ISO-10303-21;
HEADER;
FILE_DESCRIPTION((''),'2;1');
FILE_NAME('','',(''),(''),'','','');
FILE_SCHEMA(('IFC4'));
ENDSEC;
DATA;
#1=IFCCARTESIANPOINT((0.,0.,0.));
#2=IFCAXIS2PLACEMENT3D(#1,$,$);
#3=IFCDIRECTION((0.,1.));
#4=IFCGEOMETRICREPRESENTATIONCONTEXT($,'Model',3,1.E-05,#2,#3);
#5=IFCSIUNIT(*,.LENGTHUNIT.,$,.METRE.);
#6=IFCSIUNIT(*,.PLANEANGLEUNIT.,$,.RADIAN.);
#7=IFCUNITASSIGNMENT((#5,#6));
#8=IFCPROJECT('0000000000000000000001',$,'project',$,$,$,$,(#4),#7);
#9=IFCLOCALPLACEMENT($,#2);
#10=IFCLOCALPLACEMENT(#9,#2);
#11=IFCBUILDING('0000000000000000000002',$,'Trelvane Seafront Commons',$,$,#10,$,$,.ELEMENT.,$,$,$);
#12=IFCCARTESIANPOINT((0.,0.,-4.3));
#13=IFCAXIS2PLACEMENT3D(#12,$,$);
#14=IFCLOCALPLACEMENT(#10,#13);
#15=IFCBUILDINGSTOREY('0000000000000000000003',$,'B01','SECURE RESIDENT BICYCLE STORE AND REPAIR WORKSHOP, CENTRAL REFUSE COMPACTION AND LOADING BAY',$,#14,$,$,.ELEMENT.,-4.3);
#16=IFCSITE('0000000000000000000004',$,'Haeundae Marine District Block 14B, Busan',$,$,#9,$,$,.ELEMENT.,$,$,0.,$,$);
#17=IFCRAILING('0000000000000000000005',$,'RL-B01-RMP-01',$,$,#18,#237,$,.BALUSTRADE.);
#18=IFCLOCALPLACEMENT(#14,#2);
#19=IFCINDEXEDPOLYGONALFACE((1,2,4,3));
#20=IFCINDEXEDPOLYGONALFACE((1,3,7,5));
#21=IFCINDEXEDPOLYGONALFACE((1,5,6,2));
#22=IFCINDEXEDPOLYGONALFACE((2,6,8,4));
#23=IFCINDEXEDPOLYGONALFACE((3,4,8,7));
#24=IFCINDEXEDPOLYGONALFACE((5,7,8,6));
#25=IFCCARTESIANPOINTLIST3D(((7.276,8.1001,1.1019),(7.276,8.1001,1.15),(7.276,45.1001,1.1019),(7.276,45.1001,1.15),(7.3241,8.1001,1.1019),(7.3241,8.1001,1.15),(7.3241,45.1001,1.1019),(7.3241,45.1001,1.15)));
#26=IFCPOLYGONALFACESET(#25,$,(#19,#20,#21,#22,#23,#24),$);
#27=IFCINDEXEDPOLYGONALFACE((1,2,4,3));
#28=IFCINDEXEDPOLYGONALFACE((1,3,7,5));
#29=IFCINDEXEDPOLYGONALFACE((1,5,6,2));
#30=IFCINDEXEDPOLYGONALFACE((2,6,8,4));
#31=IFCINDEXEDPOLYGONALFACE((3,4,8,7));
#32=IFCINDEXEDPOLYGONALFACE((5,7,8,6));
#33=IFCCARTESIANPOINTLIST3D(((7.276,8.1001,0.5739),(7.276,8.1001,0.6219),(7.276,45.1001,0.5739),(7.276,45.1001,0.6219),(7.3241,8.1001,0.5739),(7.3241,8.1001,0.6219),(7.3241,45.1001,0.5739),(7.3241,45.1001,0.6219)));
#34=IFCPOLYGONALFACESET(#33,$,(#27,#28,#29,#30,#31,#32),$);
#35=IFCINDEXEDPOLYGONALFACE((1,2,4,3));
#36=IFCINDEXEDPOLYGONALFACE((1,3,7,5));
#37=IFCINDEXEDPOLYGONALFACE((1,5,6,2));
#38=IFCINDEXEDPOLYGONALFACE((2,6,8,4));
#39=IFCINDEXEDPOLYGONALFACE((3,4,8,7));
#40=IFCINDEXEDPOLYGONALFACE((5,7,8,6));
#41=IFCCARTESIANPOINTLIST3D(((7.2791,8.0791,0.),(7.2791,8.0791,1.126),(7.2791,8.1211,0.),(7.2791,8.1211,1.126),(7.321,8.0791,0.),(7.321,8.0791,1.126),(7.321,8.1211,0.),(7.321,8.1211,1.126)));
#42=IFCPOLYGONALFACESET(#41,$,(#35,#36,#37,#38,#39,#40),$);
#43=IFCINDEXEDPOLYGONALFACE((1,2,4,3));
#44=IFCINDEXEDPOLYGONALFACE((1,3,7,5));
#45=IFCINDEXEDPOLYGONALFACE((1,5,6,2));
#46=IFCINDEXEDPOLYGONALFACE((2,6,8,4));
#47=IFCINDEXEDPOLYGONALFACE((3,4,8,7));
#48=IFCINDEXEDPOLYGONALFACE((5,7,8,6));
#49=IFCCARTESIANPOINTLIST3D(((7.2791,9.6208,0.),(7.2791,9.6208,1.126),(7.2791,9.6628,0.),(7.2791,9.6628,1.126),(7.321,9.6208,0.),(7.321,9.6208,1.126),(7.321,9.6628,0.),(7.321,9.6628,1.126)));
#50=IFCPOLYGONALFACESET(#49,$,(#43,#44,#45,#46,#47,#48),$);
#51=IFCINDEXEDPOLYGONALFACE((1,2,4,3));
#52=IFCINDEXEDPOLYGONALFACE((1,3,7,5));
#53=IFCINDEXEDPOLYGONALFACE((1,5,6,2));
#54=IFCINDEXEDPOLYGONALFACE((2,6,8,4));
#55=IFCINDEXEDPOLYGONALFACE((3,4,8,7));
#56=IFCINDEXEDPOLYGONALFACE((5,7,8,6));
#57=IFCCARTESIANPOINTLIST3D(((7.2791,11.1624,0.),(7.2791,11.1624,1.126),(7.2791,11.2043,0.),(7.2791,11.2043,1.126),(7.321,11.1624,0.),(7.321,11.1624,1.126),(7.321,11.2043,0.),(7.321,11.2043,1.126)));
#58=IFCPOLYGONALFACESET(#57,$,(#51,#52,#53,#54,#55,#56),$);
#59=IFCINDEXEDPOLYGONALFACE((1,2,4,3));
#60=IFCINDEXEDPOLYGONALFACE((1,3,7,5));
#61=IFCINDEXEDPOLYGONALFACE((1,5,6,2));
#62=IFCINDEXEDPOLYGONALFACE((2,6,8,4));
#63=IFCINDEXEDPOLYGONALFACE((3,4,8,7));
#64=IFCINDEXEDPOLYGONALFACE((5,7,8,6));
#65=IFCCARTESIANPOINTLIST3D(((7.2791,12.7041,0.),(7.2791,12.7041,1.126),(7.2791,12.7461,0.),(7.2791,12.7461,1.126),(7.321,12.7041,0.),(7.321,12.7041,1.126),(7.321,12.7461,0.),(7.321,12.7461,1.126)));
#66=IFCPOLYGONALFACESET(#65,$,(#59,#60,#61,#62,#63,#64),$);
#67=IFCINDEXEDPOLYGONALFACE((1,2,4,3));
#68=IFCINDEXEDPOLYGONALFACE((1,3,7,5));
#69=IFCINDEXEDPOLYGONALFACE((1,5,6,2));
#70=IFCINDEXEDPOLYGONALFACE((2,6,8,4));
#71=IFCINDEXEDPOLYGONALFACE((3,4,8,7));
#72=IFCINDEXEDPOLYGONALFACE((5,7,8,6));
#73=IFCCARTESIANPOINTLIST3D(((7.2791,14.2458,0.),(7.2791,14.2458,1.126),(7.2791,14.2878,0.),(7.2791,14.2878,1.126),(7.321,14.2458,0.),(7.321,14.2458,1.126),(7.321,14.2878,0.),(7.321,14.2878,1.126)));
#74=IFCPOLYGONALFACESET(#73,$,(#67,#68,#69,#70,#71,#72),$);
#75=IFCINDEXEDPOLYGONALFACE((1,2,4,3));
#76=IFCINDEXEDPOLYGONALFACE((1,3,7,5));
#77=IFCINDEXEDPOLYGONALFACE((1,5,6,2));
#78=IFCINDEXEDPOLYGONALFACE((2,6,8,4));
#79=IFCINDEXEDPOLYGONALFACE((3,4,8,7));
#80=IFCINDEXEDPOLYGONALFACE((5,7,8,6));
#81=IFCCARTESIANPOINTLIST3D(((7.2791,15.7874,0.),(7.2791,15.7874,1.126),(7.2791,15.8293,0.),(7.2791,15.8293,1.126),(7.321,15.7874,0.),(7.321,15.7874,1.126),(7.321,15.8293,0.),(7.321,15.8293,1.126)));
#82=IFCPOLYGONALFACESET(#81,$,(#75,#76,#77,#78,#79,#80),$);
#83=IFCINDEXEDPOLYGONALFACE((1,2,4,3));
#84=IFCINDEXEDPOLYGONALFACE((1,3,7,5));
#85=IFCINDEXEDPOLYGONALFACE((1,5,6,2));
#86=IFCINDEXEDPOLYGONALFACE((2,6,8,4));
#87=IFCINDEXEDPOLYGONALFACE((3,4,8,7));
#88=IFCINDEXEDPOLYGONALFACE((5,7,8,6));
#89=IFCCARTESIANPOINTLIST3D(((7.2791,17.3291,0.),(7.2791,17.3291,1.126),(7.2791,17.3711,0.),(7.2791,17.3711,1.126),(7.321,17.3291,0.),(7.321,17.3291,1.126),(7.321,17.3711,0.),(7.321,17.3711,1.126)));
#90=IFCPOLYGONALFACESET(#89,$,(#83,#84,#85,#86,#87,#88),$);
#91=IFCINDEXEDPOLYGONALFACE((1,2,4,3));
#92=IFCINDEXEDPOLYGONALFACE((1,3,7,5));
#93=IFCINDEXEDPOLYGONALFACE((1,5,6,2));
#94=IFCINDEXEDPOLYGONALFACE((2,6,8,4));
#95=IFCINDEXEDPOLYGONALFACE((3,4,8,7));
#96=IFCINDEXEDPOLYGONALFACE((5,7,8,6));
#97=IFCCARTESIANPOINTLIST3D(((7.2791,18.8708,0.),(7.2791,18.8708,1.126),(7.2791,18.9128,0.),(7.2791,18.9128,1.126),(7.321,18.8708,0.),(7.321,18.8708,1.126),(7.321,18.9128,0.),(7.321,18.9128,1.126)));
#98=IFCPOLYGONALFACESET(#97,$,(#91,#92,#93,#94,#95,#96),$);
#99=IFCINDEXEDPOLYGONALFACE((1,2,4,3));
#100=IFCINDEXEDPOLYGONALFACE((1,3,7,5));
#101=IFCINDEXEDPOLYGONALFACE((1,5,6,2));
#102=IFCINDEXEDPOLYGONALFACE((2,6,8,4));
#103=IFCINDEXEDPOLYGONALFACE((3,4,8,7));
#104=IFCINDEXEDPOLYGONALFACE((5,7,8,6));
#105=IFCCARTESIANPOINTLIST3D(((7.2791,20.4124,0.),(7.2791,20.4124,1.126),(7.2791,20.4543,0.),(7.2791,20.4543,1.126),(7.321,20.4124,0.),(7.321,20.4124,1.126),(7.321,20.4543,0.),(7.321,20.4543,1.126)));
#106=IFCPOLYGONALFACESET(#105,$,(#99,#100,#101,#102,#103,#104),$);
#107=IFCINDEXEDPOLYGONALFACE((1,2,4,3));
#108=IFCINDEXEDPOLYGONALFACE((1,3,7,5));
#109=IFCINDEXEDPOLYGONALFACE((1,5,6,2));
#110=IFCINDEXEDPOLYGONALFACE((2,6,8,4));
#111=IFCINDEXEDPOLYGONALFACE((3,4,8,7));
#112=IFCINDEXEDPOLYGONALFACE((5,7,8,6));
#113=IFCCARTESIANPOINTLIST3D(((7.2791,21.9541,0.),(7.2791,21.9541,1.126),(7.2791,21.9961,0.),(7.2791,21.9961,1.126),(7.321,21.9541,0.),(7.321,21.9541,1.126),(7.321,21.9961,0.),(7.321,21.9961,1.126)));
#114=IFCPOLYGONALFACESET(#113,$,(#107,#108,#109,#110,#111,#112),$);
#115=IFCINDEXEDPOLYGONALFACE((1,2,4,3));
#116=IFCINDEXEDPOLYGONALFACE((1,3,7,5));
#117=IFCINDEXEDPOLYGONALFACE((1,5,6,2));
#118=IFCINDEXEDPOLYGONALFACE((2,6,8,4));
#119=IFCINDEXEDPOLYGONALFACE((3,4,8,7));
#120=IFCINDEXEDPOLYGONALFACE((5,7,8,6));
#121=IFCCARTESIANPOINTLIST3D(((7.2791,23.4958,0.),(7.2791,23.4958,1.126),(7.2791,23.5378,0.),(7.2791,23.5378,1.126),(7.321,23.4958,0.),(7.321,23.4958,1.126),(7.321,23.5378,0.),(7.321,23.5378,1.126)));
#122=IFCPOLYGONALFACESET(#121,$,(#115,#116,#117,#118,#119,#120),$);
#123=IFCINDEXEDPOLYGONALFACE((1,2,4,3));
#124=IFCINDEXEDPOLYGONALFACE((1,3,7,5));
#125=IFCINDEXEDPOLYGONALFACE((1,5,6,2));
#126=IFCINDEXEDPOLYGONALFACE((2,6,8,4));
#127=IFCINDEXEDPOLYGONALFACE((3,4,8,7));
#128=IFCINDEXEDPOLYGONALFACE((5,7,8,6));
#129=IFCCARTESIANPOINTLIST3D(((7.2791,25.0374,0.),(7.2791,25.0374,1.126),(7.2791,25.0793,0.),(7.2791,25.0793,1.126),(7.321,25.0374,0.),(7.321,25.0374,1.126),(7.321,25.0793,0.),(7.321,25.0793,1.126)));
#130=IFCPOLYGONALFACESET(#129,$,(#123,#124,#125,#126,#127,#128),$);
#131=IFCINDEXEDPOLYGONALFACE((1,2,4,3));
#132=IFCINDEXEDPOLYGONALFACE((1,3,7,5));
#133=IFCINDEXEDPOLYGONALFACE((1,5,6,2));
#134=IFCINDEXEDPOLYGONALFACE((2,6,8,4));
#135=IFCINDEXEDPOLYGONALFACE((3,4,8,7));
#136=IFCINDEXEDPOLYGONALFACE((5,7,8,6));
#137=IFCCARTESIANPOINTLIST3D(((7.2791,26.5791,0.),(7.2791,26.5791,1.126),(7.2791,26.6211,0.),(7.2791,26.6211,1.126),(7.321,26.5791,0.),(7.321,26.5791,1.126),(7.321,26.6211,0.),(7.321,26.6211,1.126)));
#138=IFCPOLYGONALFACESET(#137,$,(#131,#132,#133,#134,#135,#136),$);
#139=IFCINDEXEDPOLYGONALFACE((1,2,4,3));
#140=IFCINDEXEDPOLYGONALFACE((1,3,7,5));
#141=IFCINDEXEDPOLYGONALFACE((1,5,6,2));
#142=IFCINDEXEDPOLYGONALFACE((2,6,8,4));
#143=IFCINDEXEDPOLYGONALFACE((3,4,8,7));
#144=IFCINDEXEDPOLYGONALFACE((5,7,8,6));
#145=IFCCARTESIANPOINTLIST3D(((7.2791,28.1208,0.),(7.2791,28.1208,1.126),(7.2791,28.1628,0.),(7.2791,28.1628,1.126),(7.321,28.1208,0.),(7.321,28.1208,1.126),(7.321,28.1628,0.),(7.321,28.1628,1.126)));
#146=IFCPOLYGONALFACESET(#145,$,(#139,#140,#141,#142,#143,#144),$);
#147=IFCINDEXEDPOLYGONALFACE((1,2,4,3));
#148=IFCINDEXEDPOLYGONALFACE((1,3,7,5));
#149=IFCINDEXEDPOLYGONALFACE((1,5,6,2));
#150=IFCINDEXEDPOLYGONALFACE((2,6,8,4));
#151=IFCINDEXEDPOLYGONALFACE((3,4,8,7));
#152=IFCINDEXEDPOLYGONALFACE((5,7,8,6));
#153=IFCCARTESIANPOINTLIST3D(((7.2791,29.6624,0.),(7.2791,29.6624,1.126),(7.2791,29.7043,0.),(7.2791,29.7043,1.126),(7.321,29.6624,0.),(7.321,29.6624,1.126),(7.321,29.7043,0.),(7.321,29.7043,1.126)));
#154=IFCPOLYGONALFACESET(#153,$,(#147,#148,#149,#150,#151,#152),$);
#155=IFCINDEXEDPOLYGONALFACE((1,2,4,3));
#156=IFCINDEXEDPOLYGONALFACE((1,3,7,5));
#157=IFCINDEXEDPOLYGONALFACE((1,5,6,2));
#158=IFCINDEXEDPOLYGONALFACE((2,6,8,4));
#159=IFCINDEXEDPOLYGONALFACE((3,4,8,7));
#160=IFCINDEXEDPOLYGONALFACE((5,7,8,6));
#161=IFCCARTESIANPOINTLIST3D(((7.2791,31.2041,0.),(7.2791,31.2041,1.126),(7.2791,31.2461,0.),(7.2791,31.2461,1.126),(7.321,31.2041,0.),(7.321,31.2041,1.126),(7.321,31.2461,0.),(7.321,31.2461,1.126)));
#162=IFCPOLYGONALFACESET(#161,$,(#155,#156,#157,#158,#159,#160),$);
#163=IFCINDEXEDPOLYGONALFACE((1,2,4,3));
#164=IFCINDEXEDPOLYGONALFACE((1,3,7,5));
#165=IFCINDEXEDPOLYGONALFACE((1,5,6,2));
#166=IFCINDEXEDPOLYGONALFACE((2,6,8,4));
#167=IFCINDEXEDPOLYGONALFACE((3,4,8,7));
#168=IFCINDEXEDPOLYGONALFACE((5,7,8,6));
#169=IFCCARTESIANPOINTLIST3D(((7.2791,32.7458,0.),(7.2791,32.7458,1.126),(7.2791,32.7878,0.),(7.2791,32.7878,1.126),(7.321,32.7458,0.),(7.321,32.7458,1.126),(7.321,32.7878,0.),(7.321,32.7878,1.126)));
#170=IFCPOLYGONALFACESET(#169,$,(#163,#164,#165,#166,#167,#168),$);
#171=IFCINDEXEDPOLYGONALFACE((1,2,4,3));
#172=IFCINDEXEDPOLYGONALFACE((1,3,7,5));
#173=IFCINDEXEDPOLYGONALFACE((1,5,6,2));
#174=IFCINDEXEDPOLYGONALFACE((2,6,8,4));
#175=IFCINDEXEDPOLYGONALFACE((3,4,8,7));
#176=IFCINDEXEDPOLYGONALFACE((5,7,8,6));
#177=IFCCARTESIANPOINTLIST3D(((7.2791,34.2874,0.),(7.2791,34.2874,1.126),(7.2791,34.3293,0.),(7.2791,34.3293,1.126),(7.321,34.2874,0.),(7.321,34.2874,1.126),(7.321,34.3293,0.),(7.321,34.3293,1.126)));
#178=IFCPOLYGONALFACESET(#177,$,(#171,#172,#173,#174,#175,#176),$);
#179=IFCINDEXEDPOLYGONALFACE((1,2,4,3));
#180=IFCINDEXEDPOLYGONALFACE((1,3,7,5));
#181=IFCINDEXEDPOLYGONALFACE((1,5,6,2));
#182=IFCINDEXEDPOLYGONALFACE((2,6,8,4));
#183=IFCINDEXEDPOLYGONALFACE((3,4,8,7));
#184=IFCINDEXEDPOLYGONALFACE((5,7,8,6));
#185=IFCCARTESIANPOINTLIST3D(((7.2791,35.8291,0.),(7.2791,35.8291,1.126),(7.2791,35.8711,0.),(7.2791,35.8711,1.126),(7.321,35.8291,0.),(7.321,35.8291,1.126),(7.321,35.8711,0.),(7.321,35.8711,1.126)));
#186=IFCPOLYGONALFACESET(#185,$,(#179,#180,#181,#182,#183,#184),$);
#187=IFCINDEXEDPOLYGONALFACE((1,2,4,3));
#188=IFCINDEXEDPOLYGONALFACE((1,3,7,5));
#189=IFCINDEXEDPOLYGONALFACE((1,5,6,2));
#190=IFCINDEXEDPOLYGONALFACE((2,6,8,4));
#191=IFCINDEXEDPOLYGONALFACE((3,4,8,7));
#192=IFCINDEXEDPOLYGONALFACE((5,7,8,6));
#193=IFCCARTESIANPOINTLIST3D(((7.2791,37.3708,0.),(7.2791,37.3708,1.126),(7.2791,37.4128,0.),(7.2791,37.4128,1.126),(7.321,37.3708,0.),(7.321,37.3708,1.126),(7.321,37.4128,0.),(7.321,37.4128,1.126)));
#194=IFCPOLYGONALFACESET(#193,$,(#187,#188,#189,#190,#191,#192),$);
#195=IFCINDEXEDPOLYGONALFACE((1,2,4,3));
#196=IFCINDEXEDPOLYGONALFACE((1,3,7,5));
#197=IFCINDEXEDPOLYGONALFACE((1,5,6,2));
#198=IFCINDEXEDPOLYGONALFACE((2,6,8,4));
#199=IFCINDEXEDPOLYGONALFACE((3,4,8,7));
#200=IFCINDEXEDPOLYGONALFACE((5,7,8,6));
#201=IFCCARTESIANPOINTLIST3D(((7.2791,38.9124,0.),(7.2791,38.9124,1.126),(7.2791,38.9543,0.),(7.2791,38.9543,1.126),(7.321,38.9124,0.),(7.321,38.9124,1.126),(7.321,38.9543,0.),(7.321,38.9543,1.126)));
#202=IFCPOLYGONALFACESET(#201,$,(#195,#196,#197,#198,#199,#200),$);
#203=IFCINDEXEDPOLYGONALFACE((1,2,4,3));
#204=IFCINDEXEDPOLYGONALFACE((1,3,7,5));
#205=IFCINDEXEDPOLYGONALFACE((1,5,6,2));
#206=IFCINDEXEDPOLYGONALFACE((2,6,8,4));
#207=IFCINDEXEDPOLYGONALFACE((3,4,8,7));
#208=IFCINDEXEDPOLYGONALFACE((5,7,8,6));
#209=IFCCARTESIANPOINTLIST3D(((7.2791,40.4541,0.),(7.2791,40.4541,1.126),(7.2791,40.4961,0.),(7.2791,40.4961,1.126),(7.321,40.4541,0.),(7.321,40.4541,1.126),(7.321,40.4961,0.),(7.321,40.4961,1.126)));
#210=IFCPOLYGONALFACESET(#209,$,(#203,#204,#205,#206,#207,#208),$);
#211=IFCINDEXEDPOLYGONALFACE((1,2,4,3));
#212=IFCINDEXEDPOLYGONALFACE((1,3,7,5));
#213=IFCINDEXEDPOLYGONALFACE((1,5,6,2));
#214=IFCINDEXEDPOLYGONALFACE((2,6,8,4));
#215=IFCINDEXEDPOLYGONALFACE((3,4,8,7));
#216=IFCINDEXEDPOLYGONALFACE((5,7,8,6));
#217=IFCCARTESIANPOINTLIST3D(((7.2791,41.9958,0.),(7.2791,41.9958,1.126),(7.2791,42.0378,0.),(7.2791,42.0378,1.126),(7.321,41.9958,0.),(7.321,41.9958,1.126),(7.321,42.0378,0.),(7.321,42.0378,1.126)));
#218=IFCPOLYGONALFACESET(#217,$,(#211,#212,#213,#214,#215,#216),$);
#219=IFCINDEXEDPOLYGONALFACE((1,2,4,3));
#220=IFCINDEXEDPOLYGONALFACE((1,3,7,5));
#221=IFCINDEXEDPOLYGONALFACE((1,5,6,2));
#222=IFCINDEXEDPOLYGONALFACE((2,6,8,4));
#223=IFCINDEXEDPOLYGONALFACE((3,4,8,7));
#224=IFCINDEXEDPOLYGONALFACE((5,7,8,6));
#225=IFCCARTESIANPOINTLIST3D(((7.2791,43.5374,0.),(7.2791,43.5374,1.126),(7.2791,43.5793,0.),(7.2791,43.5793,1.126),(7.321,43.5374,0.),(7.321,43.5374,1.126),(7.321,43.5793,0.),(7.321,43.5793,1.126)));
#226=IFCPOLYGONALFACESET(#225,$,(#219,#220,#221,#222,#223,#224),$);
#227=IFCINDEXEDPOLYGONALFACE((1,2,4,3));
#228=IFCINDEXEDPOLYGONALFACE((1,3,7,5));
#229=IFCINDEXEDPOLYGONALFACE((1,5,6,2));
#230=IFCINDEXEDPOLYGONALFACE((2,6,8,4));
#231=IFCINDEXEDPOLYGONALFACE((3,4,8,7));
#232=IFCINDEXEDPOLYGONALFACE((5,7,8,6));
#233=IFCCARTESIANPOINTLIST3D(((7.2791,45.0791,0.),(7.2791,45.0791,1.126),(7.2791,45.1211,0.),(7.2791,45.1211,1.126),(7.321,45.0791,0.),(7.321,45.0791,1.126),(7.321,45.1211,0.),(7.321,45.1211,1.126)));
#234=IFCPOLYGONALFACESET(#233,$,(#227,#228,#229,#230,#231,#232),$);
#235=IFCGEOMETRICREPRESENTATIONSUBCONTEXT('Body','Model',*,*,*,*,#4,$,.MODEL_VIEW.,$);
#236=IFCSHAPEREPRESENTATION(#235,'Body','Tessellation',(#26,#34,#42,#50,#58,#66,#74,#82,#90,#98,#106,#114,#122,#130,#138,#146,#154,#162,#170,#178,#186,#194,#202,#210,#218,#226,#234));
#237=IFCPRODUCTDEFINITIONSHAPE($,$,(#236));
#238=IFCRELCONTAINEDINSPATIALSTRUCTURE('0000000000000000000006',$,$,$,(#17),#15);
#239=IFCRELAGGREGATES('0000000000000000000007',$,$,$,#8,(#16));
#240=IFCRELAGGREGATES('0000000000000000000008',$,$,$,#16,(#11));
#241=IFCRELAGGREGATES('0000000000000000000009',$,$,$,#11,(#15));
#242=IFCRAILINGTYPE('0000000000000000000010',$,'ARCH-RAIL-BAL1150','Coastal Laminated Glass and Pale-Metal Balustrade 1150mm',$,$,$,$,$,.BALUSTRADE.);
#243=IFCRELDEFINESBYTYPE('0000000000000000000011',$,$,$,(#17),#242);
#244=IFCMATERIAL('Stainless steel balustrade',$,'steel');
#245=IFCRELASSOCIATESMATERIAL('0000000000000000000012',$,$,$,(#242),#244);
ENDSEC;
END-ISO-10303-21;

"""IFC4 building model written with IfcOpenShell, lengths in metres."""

from ifc_helpers import new_model, si_unit, direction, frame, origin, origin_2d, place, context, subcontext, project, spatial, rectangle, extrude, material, type_object, element, save


model = new_model("IFC4")

# Units and contexts
model_context = context("Model", 3, precision=1e-05, world=origin(), true_north=direction((0.0, 1.0)))
body_context = subcontext(model_context, "Body", "Model", "MODEL_VIEW")
ifc_project = project(units=[si_unit("LENGTHUNIT", "METRE"), si_unit("PLANEANGLEUNIT", "RADIAN")], contexts=[model_context])

# Site, building, storey
site_placement = place(None, origin())
site = spatial("IfcSite", under=ifc_project, at=site_placement, Name="Haeundae Marine District Block 14B, Busan", CompositionType="ELEMENT", RefElevation=0.0)
building_placement = place(site_placement, origin())
building = spatial("IfcBuilding", under=site, at=building_placement, Name="Trelvane Seafront Commons", CompositionType="ELEMENT")
storey_placement = place(building_placement, frame((0.0, 0.0, -4.3)))
storey = spatial("IfcBuildingStorey", under=building, at=storey_placement, Name="B01", Description="SECURE RESIDENT BICYCLE STORE AND REPAIR WORKSHOP, CENTRAL REFUSE COMPACTION AND LOADING BAY", CompositionType="ELEMENT", Elevation=-4.3)

# Railing
ifc_material_1 = material(Name="Stainless steel balustrade", Category="steel")
railing_type = type_object("IfcRailingType", Name="ARCH-RAIL-BAL1150", Description="Coastal Laminated Glass and Pale-Metal Balustrade 1150mm", PredefinedType="BALUSTRADE", material=ifc_material_1)
railing_placement = place(storey_placement, frame((7.3, 8.1001, 0.0)))
element("IfcRailing", 1, at=railing_placement, inside=storey, type_object=railing_type, Name="RL-B01-RMP-01", PredefinedType="BALUSTRADE", context=body_context, shape_type="SweptSolid", body=[
    extrude(rectangle(XDim=0.0481, YDim=0.0481, at=origin_2d()), frame((0.0, 0.0, 1.126), z_axis=(0.0, 1.0, 0.0), x_axis=(-1.0, 0.0, 0.0)), (0.0, 0.0, 1.0), 37.0),
    extrude(rectangle(XDim=0.0481, YDim=0.0481, at=origin_2d()), frame((0.0, 0.0, 0.5979), z_axis=(0.0, 1.0, 0.0), x_axis=(-1.0, 0.0, 0.0)), (0.0, 0.0, 1.0), 37.0),
    extrude(rectangle(XDim=0.042, YDim=0.042, at=origin_2d()), origin(), (0.0, 0.0, 1.0), 1.126),
    extrude(rectangle(XDim=0.042, YDim=0.042, at=origin_2d()), frame((0.0, 1.5417, 0.0)), (0.0, 0.0, 1.0), 1.126),
    extrude(rectangle(XDim=0.042, YDim=0.042, at=origin_2d()), frame((0.0, 3.0833, 0.0)), (0.0, 0.0, 1.0), 1.126),
    extrude(rectangle(XDim=0.042, YDim=0.042, at=origin_2d()), frame((0.0, 4.625, 0.0)), (0.0, 0.0, 1.0), 1.126),
    extrude(rectangle(XDim=0.042, YDim=0.042, at=origin_2d()), frame((0.0, 6.1667, 0.0)), (0.0, 0.0, 1.0), 1.126),
    extrude(rectangle(XDim=0.042, YDim=0.042, at=origin_2d()), frame((0.0, 7.7083, 0.0)), (0.0, 0.0, 1.0), 1.126),
    extrude(rectangle(XDim=0.042, YDim=0.042, at=origin_2d()), frame((0.0, 9.25, 0.0)), (0.0, 0.0, 1.0), 1.126),
    extrude(rectangle(XDim=0.042, YDim=0.042, at=origin_2d()), frame((0.0, 10.7917, 0.0)), (0.0, 0.0, 1.0), 1.126),
    extrude(rectangle(XDim=0.042, YDim=0.042, at=origin_2d()), frame((0.0, 12.3333, 0.0)), (0.0, 0.0, 1.0), 1.126),
    extrude(rectangle(XDim=0.042, YDim=0.042, at=origin_2d()), frame((0.0, 13.875, 0.0)), (0.0, 0.0, 1.0), 1.126),
    extrude(rectangle(XDim=0.042, YDim=0.042, at=origin_2d()), frame((0.0, 15.4167, 0.0)), (0.0, 0.0, 1.0), 1.126),
    extrude(rectangle(XDim=0.042, YDim=0.042, at=origin_2d()), frame((0.0, 16.9583, 0.0)), (0.0, 0.0, 1.0), 1.126),
    extrude(rectangle(XDim=0.042, YDim=0.042, at=origin_2d()), frame((0.0, 18.5, 0.0)), (0.0, 0.0, 1.0), 1.126),
    extrude(rectangle(XDim=0.042, YDim=0.042, at=origin_2d()), frame((0.0, 20.0417, 0.0)), (0.0, 0.0, 1.0), 1.126),
    extrude(rectangle(XDim=0.042, YDim=0.042, at=origin_2d()), frame((0.0, 21.5833, 0.0)), (0.0, 0.0, 1.0), 1.126),
    extrude(rectangle(XDim=0.042, YDim=0.042, at=origin_2d()), frame((0.0, 23.125, 0.0)), (0.0, 0.0, 1.0), 1.126),
    extrude(rectangle(XDim=0.042, YDim=0.042, at=origin_2d()), frame((0.0, 24.6667, 0.0)), (0.0, 0.0, 1.0), 1.126),
    extrude(rectangle(XDim=0.042, YDim=0.042, at=origin_2d()), frame((0.0, 26.2083, 0.0)), (0.0, 0.0, 1.0), 1.126),
    extrude(rectangle(XDim=0.042, YDim=0.042, at=origin_2d()), frame((0.0, 27.75, 0.0)), (0.0, 0.0, 1.0), 1.126),
    extrude(rectangle(XDim=0.042, YDim=0.042, at=origin_2d()), frame((0.0, 29.2917, 0.0)), (0.0, 0.0, 1.0), 1.126),
    extrude(rectangle(XDim=0.042, YDim=0.042, at=origin_2d()), frame((0.0, 30.8333, 0.0)), (0.0, 0.0, 1.0), 1.126),
    extrude(rectangle(XDim=0.042, YDim=0.042, at=origin_2d()), frame((0.0, 32.375, 0.0)), (0.0, 0.0, 1.0), 1.126),
    extrude(rectangle(XDim=0.042, YDim=0.042, at=origin_2d()), frame((0.0, 33.9167, 0.0)), (0.0, 0.0, 1.0), 1.126),
    extrude(rectangle(XDim=0.042, YDim=0.042, at=origin_2d()), frame((0.0, 35.4583, 0.0)), (0.0, 0.0, 1.0), 1.126),
    extrude(rectangle(XDim=0.042, YDim=0.042, at=origin_2d()), frame((0.0, 37.0, 0.0)), (0.0, 0.0, 1.0), 1.126),
])

save(model, "model.ifc")
